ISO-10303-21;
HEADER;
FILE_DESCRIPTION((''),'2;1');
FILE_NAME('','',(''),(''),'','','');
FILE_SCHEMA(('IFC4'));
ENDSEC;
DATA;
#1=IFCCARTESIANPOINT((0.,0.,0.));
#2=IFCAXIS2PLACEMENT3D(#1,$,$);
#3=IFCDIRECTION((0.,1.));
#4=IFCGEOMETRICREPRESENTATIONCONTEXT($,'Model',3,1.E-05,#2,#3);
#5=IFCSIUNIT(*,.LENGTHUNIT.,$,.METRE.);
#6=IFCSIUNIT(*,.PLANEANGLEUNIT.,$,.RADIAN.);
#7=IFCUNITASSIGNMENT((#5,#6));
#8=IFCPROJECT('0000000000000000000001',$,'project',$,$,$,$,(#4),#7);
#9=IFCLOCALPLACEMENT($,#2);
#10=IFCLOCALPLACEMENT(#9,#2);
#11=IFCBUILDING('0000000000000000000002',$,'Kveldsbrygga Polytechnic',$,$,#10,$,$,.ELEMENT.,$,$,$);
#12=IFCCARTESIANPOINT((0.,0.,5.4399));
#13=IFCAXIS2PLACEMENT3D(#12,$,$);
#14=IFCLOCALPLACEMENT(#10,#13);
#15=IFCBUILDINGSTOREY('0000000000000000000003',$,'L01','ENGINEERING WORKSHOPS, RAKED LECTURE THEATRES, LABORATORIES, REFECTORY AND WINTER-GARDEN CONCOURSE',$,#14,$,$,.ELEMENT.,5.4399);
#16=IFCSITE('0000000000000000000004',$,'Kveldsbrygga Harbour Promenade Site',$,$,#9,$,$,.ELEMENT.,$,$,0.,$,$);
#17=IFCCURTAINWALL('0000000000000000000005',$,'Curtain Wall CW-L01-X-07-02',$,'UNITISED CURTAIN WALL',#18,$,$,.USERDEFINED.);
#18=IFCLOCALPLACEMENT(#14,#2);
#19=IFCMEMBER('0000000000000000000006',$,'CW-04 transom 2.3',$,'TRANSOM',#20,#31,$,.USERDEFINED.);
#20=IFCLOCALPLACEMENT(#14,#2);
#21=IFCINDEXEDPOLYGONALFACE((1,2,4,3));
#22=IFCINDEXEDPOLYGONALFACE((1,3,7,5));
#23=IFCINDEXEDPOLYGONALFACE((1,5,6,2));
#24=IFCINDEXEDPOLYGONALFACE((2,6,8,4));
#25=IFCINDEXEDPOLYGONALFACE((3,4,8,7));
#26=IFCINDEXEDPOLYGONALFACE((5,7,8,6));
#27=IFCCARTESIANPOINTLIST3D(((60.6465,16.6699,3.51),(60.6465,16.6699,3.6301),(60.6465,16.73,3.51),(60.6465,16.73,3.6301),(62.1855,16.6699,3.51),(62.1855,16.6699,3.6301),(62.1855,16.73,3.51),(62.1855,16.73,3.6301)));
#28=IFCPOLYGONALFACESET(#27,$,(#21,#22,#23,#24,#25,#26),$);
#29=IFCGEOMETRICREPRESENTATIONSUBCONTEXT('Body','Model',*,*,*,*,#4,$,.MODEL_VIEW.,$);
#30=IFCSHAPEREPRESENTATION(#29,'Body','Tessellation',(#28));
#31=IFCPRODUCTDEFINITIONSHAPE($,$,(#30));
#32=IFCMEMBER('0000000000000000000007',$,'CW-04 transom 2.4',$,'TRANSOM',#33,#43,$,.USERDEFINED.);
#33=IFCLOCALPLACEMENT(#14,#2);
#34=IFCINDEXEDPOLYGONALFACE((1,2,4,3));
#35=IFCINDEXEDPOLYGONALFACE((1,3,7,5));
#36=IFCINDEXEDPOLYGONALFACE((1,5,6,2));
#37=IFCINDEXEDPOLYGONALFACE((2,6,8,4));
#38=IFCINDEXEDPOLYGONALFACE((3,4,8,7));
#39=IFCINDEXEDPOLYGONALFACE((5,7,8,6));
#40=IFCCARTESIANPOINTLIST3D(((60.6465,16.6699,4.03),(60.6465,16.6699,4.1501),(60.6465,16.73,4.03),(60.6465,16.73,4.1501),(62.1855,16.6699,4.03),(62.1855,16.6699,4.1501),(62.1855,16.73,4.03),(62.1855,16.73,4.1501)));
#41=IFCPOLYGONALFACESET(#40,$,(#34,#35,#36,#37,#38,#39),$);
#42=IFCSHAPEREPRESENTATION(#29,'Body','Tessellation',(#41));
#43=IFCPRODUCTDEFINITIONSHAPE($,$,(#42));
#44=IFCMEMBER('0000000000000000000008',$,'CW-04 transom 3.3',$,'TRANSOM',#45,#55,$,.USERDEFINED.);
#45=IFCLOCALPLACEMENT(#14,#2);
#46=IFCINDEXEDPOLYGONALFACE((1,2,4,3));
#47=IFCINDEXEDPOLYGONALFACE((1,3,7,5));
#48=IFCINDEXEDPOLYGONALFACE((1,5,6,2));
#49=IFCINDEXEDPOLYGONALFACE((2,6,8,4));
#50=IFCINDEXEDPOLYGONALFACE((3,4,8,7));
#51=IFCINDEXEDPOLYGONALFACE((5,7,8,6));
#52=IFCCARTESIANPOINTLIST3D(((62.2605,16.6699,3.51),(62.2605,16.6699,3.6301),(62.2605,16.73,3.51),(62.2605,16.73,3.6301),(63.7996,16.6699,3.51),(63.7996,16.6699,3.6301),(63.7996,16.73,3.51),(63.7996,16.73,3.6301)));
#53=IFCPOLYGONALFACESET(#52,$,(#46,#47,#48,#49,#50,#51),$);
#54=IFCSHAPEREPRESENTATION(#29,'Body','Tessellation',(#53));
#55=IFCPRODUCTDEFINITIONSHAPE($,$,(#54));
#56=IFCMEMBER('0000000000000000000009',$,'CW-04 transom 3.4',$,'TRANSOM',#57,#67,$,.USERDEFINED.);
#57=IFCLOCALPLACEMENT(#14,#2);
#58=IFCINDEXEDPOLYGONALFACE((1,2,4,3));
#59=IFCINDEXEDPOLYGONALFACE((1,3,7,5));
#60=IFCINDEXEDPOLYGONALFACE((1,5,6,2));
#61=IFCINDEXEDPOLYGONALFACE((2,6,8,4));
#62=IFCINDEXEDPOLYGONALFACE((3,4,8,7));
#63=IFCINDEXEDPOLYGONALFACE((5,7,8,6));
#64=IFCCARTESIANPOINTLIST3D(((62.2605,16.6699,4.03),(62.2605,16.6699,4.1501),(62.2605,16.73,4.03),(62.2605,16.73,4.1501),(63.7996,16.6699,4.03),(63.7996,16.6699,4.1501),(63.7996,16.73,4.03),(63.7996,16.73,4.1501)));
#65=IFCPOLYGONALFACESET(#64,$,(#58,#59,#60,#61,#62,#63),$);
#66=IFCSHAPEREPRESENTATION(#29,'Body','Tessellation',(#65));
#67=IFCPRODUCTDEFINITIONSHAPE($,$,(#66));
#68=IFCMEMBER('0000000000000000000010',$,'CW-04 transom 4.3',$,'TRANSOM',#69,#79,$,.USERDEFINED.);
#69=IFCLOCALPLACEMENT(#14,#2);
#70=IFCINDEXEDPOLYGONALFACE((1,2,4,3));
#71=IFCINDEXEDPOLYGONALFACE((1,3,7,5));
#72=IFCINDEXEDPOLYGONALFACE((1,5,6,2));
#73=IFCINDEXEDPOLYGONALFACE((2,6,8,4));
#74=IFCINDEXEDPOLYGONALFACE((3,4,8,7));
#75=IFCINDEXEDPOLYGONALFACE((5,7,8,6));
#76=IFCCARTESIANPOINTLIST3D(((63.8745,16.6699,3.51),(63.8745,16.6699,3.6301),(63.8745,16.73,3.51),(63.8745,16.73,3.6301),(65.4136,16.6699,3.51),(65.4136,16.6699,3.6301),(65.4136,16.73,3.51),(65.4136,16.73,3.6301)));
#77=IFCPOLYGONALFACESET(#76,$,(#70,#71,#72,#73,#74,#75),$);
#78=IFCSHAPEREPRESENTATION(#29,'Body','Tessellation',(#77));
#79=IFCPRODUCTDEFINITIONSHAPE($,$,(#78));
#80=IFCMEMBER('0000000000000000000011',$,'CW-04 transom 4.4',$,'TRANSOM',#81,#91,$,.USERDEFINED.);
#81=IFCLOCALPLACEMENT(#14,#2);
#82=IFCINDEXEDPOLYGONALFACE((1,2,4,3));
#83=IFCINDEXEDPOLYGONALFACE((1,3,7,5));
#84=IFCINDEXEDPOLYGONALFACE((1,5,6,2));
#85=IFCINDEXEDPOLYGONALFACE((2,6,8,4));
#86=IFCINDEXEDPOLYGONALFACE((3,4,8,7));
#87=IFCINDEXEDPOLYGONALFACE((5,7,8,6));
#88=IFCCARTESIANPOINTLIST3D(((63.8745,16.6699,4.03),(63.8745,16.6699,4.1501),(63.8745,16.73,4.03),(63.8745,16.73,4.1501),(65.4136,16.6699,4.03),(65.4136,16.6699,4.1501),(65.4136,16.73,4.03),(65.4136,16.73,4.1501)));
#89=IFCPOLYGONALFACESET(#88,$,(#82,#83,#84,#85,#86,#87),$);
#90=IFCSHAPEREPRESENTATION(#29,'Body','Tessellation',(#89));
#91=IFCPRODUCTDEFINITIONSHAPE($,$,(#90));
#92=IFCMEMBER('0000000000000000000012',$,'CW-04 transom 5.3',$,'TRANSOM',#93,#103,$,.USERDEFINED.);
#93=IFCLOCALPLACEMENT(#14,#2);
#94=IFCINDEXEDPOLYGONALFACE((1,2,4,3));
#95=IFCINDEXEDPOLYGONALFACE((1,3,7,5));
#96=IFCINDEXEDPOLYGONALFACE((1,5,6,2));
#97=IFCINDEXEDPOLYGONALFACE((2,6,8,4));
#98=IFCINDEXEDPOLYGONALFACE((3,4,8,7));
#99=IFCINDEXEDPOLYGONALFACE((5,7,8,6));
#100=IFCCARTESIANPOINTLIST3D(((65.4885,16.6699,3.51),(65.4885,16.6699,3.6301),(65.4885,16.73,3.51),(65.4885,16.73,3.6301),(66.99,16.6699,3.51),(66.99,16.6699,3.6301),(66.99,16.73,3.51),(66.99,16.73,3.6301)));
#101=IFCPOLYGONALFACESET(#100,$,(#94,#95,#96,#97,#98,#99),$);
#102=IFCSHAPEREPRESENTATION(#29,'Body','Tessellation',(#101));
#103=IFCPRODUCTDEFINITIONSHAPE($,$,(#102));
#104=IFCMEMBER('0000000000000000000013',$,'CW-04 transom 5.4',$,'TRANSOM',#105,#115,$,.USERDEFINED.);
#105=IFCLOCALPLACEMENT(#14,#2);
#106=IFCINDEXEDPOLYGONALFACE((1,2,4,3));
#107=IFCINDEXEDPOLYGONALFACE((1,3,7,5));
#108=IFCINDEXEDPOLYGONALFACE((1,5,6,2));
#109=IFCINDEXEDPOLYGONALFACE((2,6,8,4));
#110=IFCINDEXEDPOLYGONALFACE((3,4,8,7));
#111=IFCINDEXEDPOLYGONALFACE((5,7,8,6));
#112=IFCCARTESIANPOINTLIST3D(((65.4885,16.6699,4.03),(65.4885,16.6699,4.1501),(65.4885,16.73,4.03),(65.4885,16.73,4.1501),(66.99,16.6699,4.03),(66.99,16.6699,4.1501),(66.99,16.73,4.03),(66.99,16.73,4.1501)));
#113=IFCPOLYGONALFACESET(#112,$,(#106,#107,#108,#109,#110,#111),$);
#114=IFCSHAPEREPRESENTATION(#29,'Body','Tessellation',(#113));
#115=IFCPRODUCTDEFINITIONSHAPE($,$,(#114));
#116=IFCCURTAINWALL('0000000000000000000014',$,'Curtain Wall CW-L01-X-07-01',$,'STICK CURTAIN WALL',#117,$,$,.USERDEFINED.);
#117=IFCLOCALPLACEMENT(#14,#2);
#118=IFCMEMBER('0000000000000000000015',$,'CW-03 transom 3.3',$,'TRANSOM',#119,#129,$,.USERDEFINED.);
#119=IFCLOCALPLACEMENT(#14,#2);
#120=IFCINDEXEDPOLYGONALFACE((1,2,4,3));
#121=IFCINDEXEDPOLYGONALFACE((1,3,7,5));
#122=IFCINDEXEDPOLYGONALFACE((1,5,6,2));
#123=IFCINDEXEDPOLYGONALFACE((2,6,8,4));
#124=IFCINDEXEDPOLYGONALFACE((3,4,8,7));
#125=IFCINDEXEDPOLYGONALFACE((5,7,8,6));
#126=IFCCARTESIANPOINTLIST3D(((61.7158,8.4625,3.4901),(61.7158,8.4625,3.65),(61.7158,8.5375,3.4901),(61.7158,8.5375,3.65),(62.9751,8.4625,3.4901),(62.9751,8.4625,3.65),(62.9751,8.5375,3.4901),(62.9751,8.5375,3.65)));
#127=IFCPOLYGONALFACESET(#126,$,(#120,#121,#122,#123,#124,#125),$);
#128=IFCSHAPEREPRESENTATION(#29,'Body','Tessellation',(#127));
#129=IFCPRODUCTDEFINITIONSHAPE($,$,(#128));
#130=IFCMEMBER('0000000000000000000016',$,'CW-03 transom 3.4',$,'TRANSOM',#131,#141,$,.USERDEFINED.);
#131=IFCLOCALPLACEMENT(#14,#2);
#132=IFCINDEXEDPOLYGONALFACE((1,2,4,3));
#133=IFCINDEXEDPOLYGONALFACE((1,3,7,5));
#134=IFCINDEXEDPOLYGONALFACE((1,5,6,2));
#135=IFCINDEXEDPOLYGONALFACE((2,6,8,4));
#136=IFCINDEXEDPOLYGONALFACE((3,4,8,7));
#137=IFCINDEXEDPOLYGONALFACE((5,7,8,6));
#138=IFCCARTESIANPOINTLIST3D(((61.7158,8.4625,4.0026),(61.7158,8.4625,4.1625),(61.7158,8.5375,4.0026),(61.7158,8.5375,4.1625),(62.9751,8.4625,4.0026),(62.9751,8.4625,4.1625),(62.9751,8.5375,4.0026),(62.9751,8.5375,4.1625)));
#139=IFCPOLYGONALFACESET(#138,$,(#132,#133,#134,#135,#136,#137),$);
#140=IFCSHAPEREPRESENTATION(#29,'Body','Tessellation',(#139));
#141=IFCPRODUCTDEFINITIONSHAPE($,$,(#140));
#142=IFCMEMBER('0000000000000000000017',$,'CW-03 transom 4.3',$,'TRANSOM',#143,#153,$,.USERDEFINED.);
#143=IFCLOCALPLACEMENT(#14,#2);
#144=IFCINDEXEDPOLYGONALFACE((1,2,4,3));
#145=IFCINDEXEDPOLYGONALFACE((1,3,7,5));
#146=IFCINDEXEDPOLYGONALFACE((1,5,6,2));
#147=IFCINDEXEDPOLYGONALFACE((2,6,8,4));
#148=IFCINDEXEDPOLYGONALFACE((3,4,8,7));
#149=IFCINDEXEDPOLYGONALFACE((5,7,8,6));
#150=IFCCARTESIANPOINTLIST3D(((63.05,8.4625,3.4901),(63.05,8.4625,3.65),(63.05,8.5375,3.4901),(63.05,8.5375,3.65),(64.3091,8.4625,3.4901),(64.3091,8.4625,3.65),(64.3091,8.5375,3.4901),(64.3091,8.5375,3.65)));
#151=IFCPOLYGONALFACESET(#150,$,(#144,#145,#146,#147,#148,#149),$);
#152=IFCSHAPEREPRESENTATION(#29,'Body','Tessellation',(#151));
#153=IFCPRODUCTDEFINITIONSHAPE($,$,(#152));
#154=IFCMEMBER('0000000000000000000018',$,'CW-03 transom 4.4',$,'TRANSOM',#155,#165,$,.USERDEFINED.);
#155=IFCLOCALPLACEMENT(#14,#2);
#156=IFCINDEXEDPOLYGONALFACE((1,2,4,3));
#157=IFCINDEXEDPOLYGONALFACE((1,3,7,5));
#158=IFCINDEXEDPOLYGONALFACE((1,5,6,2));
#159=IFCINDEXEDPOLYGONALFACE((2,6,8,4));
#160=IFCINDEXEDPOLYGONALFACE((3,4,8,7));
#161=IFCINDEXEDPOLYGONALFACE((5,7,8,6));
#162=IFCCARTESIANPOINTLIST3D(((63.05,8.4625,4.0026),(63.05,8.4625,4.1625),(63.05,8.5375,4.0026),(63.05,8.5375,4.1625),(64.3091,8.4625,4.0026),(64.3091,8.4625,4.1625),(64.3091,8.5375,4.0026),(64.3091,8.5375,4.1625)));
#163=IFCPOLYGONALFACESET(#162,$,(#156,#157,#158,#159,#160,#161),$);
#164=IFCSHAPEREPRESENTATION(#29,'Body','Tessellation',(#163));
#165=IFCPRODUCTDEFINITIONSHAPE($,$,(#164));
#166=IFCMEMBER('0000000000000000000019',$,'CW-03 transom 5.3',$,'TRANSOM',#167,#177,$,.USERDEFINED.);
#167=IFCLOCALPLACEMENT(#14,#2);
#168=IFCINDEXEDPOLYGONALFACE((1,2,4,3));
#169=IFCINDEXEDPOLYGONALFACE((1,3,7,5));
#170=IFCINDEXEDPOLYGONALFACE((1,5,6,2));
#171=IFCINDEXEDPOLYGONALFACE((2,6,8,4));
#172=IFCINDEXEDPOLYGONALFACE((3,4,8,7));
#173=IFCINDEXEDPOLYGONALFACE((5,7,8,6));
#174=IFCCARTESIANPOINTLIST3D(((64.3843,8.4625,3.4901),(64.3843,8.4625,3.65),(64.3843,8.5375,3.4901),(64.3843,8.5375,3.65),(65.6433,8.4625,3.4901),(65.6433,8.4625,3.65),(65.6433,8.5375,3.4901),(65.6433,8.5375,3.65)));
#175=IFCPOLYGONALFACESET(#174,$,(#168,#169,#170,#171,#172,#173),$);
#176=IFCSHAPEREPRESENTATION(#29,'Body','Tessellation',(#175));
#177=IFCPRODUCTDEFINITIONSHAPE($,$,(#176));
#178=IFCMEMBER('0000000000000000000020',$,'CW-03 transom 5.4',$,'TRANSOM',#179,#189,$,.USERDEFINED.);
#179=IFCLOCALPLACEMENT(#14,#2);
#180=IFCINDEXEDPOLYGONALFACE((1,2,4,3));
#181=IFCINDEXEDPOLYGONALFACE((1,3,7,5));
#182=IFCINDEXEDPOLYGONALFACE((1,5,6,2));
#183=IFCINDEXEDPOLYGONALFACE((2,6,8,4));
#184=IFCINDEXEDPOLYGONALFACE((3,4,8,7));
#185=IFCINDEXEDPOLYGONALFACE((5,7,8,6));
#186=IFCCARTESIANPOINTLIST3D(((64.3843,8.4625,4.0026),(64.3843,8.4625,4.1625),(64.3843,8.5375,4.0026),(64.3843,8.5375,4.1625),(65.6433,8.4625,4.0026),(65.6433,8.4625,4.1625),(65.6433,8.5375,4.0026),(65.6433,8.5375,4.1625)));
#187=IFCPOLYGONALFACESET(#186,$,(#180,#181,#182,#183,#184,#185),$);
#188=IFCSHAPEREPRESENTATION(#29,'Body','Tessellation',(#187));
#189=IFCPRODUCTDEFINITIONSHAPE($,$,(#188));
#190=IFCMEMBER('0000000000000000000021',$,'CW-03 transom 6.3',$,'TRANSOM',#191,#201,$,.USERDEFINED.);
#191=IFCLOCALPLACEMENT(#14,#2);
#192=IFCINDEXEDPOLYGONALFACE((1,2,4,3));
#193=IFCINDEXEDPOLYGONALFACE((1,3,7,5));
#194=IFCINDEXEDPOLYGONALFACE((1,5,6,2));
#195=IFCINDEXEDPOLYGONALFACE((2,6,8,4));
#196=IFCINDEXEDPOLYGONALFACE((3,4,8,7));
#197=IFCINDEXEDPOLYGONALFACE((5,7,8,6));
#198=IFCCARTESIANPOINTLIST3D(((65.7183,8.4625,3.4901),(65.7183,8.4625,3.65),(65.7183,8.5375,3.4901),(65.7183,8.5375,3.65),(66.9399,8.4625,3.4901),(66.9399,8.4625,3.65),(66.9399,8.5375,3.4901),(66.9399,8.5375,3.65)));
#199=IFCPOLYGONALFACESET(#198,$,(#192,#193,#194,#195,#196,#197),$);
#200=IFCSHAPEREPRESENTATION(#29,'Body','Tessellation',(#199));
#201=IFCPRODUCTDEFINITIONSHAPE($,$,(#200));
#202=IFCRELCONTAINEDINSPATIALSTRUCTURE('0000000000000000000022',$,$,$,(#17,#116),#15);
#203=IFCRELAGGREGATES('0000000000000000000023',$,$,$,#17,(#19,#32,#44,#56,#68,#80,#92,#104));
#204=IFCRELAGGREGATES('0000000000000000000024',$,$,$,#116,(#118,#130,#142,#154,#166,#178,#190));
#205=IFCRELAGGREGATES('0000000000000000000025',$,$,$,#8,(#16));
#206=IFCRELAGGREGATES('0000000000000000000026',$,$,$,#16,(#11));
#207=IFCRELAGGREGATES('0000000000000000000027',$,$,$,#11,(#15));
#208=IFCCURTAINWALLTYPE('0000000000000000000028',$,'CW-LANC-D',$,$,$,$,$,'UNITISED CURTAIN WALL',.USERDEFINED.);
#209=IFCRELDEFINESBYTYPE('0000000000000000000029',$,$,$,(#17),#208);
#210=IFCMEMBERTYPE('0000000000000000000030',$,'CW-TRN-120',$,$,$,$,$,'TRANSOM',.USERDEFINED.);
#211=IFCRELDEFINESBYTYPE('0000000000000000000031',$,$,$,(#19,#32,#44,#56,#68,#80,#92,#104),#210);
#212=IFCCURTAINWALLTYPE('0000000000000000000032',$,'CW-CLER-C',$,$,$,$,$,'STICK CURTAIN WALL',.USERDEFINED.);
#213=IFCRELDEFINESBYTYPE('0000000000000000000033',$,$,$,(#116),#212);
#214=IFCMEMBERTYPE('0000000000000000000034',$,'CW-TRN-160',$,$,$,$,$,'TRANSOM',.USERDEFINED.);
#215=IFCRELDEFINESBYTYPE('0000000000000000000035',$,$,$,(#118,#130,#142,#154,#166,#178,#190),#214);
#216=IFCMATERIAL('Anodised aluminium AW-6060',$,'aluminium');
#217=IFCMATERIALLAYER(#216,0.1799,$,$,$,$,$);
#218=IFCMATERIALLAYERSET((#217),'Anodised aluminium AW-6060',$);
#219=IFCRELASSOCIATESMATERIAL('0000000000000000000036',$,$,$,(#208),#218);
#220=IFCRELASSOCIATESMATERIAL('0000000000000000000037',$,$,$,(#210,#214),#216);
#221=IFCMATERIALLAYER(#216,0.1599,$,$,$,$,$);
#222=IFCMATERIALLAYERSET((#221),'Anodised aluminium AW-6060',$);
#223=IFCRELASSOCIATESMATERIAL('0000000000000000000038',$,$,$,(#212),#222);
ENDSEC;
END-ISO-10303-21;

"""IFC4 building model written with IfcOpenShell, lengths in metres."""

from ifc_helpers import new_model, si_unit, direction, frame, origin, origin_2d, place, context, subcontext, project, spatial, rectangle, extrude, material, layer, layer_set, material_profile, profile_set, type_object, element, aggregate, save


model = new_model("IFC4")

# Units and contexts
model_context = context("Model", 3, precision=1e-05, world=origin(), true_north=direction((0.0, 1.0)))
body_context = subcontext(model_context, "Body", "Model", "MODEL_VIEW")
ifc_project = project(units=[si_unit("LENGTHUNIT", "METRE"), si_unit("PLANEANGLEUNIT", "RADIAN")], contexts=[model_context])

# Site, building, storey
site_placement = place(None, origin())
site = spatial("IfcSite", under=ifc_project, at=site_placement, Name="Kveldsbrygga Harbour Promenade Site", CompositionType="ELEMENT", RefElevation=0.0)
building_placement = place(site_placement, origin())
building = spatial("IfcBuilding", under=site, at=building_placement, Name="Kveldsbrygga Polytechnic", CompositionType="ELEMENT")
storey_placement = place(building_placement, frame((0.0, 0.0, 5.4399)))
storey = spatial("IfcBuildingStorey", under=building, at=storey_placement, Name="L01", Description="ENGINEERING WORKSHOPS, RAKED LECTURE THEATRES, LABORATORIES, REFECTORY AND WINTER-GARDEN CONCOURSE", CompositionType="ELEMENT", Elevation=5.4399)

# Curtain walls, members
ifc_material_1 = material(Name="Anodised aluminium AW-6060", Category="aluminium")
ifc_layer_1 = layer(ifc_material_1, 0.1799)
ifc_layer_set_1 = layer_set([ifc_layer_1], Name="Anodised aluminium AW-6060")
curtain_wall_type_1 = type_object("IfcCurtainWallType", Name="CW-LANC-D", ElementType="UNITISED CURTAIN WALL", PredefinedType="USERDEFINED", material=ifc_layer_set_1)
curtain_wall_1_placement = place(storey_placement, origin())
curtain_wall_1 = element("IfcCurtainWall", 1, at=curtain_wall_1_placement, inside=storey, type_object=curtain_wall_type_1, Name="Curtain Wall CW-L01-X-07-02", ObjectType="UNITISED CURTAIN WALL", PredefinedType="USERDEFINED")
ifc_material_profile_1 = material_profile(ifc_material_1, rectangle(XDim=0.0601, YDim=0.1201, at=origin_2d()), Name="ALU 60x120")
ifc_profile_set_1 = profile_set([ifc_material_profile_1], Name="Anodised aluminium AW-6060")
member_type_1 = type_object("IfcMemberType", Name="CW-TRN-120", ElementType="TRANSOM", PredefinedType="USERDEFINED", material=ifc_profile_set_1)
member_1_placement = place(storey_placement, frame((60.6465, 16.7, 3.5701), z_axis=(1.0, 0.0, 0.0), x_axis=(0.0, 1.0, 0.0)))
member_1 = element("IfcMember", 2, at=member_1_placement, type_object=member_type_1, Name="CW-04 transom 2.3", ObjectType="TRANSOM", PredefinedType="USERDEFINED", context=body_context, shape_type="SweptSolid", body=[
    extrude(rectangle(XDim=0.0601, YDim=0.1201, at=origin_2d()), origin(), (0.0, 0.0, 1.0), 1.5391),
])
member_2_placement = place(storey_placement, frame((60.6465, 16.7, 4.0901), z_axis=(1.0, 0.0, 0.0), x_axis=(0.0, 1.0, 0.0)))
member_2 = element("IfcMember", 3, at=member_2_placement, type_object=member_type_1, Name="CW-04 transom 2.4", ObjectType="TRANSOM", PredefinedType="USERDEFINED", context=body_context, shape_type="SweptSolid", body=[
    extrude(rectangle(XDim=0.0601, YDim=0.1201, at=origin_2d()), origin(), (0.0, 0.0, 1.0), 1.5391),
])
member_3_placement = place(storey_placement, frame((62.2605, 16.7, 3.5701), z_axis=(1.0, 0.0, 0.0), x_axis=(0.0, 1.0, 0.0)))
member_3 = element("IfcMember", 4, at=member_3_placement, type_object=member_type_1, Name="CW-04 transom 3.3", ObjectType="TRANSOM", PredefinedType="USERDEFINED", context=body_context, shape_type="SweptSolid", body=[
    extrude(rectangle(XDim=0.0601, YDim=0.1201, at=origin_2d()), origin(), (0.0, 0.0, 1.0), 1.5391),
])
member_4_placement = place(storey_placement, frame((62.2605, 16.7, 4.0901), z_axis=(1.0, 0.0, 0.0), x_axis=(0.0, 1.0, 0.0)))
member_4 = element("IfcMember", 5, at=member_4_placement, type_object=member_type_1, Name="CW-04 transom 3.4", ObjectType="TRANSOM", PredefinedType="USERDEFINED", context=body_context, shape_type="SweptSolid", body=[
    extrude(rectangle(XDim=0.0601, YDim=0.1201, at=origin_2d()), origin(), (0.0, 0.0, 1.0), 1.5391),
])
member_5_placement = place(storey_placement, frame((63.8745, 16.7, 3.5701), z_axis=(1.0, 0.0, 0.0), x_axis=(0.0, 1.0, 0.0)))
member_5 = element("IfcMember", 6, at=member_5_placement, type_object=member_type_1, Name="CW-04 transom 4.3", ObjectType="TRANSOM", PredefinedType="USERDEFINED", context=body_context, shape_type="SweptSolid", body=[
    extrude(rectangle(XDim=0.0601, YDim=0.1201, at=origin_2d()), origin(), (0.0, 0.0, 1.0), 1.5391),
])
member_6_placement = place(storey_placement, frame((63.8745, 16.7, 4.0901), z_axis=(1.0, 0.0, 0.0), x_axis=(0.0, 1.0, 0.0)))
member_6 = element("IfcMember", 7, at=member_6_placement, type_object=member_type_1, Name="CW-04 transom 4.4", ObjectType="TRANSOM", PredefinedType="USERDEFINED", context=body_context, shape_type="SweptSolid", body=[
    extrude(rectangle(XDim=0.0601, YDim=0.1201, at=origin_2d()), origin(), (0.0, 0.0, 1.0), 1.5391),
])
member_7_placement = place(storey_placement, frame((65.4885, 16.7, 3.5701), z_axis=(1.0, 0.0, 0.0), x_axis=(0.0, 1.0, 0.0)))
member_7 = element("IfcMember", 8, at=member_7_placement, type_object=member_type_1, Name="CW-04 transom 5.3", ObjectType="TRANSOM", PredefinedType="USERDEFINED", context=body_context, shape_type="SweptSolid", body=[
    extrude(rectangle(XDim=0.0601, YDim=0.1201, at=origin_2d()), origin(), (0.0, 0.0, 1.0), 1.5015),
])
member_8_placement = place(storey_placement, frame((65.4885, 16.7, 4.0901), z_axis=(1.0, 0.0, 0.0), x_axis=(0.0, 1.0, 0.0)))
member_8 = element("IfcMember", 9, at=member_8_placement, type_object=member_type_1, Name="CW-04 transom 5.4", ObjectType="TRANSOM", PredefinedType="USERDEFINED", context=body_context, shape_type="SweptSolid", body=[
    extrude(rectangle(XDim=0.0601, YDim=0.1201, at=origin_2d()), origin(), (0.0, 0.0, 1.0), 1.5015),
])
ifc_layer_2 = layer(ifc_material_1, 0.1599)
ifc_layer_set_2 = layer_set([ifc_layer_2], Name="Anodised aluminium AW-6060")
curtain_wall_type_2 = type_object("IfcCurtainWallType", Name="CW-CLER-C", ElementType="STICK CURTAIN WALL", PredefinedType="USERDEFINED", material=ifc_layer_set_2)
curtain_wall_2_placement = place(storey_placement, origin())
curtain_wall_2 = element("IfcCurtainWall", 10, at=curtain_wall_2_placement, inside=storey, type_object=curtain_wall_type_2, Name="Curtain Wall CW-L01-X-07-01", ObjectType="STICK CURTAIN WALL", PredefinedType="USERDEFINED")
ifc_material_profile_2 = material_profile(ifc_material_1, rectangle(XDim=0.075, YDim=0.1599, at=origin_2d()), Name="ALU 75x160")
ifc_profile_set_2 = profile_set([ifc_material_profile_2], Name="Anodised aluminium AW-6060")
member_type_2 = type_object("IfcMemberType", Name="CW-TRN-160", ElementType="TRANSOM", PredefinedType="USERDEFINED", material=ifc_profile_set_2)
member_9_placement = place(storey_placement, frame((61.7158, 8.5, 3.5701), z_axis=(1.0, 0.0, 0.0), x_axis=(0.0, 1.0, 0.0)))
member_9 = element("IfcMember", 11, at=member_9_placement, type_object=member_type_2, Name="CW-03 transom 3.3", ObjectType="TRANSOM", PredefinedType="USERDEFINED", context=body_context, shape_type="SweptSolid", body=[
    extrude(rectangle(XDim=0.075, YDim=0.1599, at=origin_2d()), origin(), (0.0, 0.0, 1.0), 1.2593),
])
member_10_placement = place(storey_placement, frame((61.7158, 8.5, 4.0825), z_axis=(1.0, 0.0, 0.0), x_axis=(0.0, 1.0, 0.0)))
member_10 = element("IfcMember", 12, at=member_10_placement, type_object=member_type_2, Name="CW-03 transom 3.4", ObjectType="TRANSOM", PredefinedType="USERDEFINED", context=body_context, shape_type="SweptSolid", body=[
    extrude(rectangle(XDim=0.075, YDim=0.1599, at=origin_2d()), origin(), (0.0, 0.0, 1.0), 1.2593),
])
member_11_placement = place(storey_placement, frame((63.05, 8.5, 3.5701), z_axis=(1.0, 0.0, 0.0), x_axis=(0.0, 1.0, 0.0)))
member_11 = element("IfcMember", 13, at=member_11_placement, type_object=member_type_2, Name="CW-03 transom 4.3", ObjectType="TRANSOM", PredefinedType="USERDEFINED", context=body_context, shape_type="SweptSolid", body=[
    extrude(rectangle(XDim=0.075, YDim=0.1599, at=origin_2d()), origin(), (0.0, 0.0, 1.0), 1.259),
])
member_12_placement = place(storey_placement, frame((63.05, 8.5, 4.0825), z_axis=(1.0, 0.0, 0.0), x_axis=(0.0, 1.0, 0.0)))
member_12 = element("IfcMember", 14, at=member_12_placement, type_object=member_type_2, Name="CW-03 transom 4.4", ObjectType="TRANSOM", PredefinedType="USERDEFINED", context=body_context, shape_type="SweptSolid", body=[
    extrude(rectangle(XDim=0.075, YDim=0.1599, at=origin_2d()), origin(), (0.0, 0.0, 1.0), 1.259),
])
member_13_placement = place(storey_placement, frame((64.3843, 8.5, 3.5701), z_axis=(1.0, 0.0, 0.0), x_axis=(0.0, 1.0, 0.0)))
member_13 = element("IfcMember", 15, at=member_13_placement, type_object=member_type_2, Name="CW-03 transom 5.3", ObjectType="TRANSOM", PredefinedType="USERDEFINED", context=body_context, shape_type="SweptSolid", body=[
    extrude(rectangle(XDim=0.075, YDim=0.1599, at=origin_2d()), origin(), (0.0, 0.0, 1.0), 1.259),
])
member_14_placement = place(storey_placement, frame((64.3843, 8.5, 4.0825), z_axis=(1.0, 0.0, 0.0), x_axis=(0.0, 1.0, 0.0)))
member_14 = element("IfcMember", 16, at=member_14_placement, type_object=member_type_2, Name="CW-03 transom 5.4", ObjectType="TRANSOM", PredefinedType="USERDEFINED", context=body_context, shape_type="SweptSolid", body=[
    extrude(rectangle(XDim=0.075, YDim=0.1599, at=origin_2d()), origin(), (0.0, 0.0, 1.0), 1.259),
])
member_15_placement = place(storey_placement, frame((65.7183, 8.5, 3.5701), z_axis=(1.0, 0.0, 0.0), x_axis=(0.0, 1.0, 0.0)))
member_15 = element("IfcMember", 17, at=member_15_placement, type_object=member_type_2, Name="CW-03 transom 6.3", ObjectType="TRANSOM", PredefinedType="USERDEFINED", context=body_context, shape_type="SweptSolid", body=[
    extrude(rectangle(XDim=0.075, YDim=0.1599, at=origin_2d()), origin(), (0.0, 0.0, 1.0), 1.2217),
])

aggregate(curtain_wall_1, [member_1, member_2, member_3, member_4, member_5, member_6, member_7, member_8])
aggregate(curtain_wall_2, [member_9, member_10, member_11, member_12, member_13, member_14, member_15])

save(model, "model.ifc")
